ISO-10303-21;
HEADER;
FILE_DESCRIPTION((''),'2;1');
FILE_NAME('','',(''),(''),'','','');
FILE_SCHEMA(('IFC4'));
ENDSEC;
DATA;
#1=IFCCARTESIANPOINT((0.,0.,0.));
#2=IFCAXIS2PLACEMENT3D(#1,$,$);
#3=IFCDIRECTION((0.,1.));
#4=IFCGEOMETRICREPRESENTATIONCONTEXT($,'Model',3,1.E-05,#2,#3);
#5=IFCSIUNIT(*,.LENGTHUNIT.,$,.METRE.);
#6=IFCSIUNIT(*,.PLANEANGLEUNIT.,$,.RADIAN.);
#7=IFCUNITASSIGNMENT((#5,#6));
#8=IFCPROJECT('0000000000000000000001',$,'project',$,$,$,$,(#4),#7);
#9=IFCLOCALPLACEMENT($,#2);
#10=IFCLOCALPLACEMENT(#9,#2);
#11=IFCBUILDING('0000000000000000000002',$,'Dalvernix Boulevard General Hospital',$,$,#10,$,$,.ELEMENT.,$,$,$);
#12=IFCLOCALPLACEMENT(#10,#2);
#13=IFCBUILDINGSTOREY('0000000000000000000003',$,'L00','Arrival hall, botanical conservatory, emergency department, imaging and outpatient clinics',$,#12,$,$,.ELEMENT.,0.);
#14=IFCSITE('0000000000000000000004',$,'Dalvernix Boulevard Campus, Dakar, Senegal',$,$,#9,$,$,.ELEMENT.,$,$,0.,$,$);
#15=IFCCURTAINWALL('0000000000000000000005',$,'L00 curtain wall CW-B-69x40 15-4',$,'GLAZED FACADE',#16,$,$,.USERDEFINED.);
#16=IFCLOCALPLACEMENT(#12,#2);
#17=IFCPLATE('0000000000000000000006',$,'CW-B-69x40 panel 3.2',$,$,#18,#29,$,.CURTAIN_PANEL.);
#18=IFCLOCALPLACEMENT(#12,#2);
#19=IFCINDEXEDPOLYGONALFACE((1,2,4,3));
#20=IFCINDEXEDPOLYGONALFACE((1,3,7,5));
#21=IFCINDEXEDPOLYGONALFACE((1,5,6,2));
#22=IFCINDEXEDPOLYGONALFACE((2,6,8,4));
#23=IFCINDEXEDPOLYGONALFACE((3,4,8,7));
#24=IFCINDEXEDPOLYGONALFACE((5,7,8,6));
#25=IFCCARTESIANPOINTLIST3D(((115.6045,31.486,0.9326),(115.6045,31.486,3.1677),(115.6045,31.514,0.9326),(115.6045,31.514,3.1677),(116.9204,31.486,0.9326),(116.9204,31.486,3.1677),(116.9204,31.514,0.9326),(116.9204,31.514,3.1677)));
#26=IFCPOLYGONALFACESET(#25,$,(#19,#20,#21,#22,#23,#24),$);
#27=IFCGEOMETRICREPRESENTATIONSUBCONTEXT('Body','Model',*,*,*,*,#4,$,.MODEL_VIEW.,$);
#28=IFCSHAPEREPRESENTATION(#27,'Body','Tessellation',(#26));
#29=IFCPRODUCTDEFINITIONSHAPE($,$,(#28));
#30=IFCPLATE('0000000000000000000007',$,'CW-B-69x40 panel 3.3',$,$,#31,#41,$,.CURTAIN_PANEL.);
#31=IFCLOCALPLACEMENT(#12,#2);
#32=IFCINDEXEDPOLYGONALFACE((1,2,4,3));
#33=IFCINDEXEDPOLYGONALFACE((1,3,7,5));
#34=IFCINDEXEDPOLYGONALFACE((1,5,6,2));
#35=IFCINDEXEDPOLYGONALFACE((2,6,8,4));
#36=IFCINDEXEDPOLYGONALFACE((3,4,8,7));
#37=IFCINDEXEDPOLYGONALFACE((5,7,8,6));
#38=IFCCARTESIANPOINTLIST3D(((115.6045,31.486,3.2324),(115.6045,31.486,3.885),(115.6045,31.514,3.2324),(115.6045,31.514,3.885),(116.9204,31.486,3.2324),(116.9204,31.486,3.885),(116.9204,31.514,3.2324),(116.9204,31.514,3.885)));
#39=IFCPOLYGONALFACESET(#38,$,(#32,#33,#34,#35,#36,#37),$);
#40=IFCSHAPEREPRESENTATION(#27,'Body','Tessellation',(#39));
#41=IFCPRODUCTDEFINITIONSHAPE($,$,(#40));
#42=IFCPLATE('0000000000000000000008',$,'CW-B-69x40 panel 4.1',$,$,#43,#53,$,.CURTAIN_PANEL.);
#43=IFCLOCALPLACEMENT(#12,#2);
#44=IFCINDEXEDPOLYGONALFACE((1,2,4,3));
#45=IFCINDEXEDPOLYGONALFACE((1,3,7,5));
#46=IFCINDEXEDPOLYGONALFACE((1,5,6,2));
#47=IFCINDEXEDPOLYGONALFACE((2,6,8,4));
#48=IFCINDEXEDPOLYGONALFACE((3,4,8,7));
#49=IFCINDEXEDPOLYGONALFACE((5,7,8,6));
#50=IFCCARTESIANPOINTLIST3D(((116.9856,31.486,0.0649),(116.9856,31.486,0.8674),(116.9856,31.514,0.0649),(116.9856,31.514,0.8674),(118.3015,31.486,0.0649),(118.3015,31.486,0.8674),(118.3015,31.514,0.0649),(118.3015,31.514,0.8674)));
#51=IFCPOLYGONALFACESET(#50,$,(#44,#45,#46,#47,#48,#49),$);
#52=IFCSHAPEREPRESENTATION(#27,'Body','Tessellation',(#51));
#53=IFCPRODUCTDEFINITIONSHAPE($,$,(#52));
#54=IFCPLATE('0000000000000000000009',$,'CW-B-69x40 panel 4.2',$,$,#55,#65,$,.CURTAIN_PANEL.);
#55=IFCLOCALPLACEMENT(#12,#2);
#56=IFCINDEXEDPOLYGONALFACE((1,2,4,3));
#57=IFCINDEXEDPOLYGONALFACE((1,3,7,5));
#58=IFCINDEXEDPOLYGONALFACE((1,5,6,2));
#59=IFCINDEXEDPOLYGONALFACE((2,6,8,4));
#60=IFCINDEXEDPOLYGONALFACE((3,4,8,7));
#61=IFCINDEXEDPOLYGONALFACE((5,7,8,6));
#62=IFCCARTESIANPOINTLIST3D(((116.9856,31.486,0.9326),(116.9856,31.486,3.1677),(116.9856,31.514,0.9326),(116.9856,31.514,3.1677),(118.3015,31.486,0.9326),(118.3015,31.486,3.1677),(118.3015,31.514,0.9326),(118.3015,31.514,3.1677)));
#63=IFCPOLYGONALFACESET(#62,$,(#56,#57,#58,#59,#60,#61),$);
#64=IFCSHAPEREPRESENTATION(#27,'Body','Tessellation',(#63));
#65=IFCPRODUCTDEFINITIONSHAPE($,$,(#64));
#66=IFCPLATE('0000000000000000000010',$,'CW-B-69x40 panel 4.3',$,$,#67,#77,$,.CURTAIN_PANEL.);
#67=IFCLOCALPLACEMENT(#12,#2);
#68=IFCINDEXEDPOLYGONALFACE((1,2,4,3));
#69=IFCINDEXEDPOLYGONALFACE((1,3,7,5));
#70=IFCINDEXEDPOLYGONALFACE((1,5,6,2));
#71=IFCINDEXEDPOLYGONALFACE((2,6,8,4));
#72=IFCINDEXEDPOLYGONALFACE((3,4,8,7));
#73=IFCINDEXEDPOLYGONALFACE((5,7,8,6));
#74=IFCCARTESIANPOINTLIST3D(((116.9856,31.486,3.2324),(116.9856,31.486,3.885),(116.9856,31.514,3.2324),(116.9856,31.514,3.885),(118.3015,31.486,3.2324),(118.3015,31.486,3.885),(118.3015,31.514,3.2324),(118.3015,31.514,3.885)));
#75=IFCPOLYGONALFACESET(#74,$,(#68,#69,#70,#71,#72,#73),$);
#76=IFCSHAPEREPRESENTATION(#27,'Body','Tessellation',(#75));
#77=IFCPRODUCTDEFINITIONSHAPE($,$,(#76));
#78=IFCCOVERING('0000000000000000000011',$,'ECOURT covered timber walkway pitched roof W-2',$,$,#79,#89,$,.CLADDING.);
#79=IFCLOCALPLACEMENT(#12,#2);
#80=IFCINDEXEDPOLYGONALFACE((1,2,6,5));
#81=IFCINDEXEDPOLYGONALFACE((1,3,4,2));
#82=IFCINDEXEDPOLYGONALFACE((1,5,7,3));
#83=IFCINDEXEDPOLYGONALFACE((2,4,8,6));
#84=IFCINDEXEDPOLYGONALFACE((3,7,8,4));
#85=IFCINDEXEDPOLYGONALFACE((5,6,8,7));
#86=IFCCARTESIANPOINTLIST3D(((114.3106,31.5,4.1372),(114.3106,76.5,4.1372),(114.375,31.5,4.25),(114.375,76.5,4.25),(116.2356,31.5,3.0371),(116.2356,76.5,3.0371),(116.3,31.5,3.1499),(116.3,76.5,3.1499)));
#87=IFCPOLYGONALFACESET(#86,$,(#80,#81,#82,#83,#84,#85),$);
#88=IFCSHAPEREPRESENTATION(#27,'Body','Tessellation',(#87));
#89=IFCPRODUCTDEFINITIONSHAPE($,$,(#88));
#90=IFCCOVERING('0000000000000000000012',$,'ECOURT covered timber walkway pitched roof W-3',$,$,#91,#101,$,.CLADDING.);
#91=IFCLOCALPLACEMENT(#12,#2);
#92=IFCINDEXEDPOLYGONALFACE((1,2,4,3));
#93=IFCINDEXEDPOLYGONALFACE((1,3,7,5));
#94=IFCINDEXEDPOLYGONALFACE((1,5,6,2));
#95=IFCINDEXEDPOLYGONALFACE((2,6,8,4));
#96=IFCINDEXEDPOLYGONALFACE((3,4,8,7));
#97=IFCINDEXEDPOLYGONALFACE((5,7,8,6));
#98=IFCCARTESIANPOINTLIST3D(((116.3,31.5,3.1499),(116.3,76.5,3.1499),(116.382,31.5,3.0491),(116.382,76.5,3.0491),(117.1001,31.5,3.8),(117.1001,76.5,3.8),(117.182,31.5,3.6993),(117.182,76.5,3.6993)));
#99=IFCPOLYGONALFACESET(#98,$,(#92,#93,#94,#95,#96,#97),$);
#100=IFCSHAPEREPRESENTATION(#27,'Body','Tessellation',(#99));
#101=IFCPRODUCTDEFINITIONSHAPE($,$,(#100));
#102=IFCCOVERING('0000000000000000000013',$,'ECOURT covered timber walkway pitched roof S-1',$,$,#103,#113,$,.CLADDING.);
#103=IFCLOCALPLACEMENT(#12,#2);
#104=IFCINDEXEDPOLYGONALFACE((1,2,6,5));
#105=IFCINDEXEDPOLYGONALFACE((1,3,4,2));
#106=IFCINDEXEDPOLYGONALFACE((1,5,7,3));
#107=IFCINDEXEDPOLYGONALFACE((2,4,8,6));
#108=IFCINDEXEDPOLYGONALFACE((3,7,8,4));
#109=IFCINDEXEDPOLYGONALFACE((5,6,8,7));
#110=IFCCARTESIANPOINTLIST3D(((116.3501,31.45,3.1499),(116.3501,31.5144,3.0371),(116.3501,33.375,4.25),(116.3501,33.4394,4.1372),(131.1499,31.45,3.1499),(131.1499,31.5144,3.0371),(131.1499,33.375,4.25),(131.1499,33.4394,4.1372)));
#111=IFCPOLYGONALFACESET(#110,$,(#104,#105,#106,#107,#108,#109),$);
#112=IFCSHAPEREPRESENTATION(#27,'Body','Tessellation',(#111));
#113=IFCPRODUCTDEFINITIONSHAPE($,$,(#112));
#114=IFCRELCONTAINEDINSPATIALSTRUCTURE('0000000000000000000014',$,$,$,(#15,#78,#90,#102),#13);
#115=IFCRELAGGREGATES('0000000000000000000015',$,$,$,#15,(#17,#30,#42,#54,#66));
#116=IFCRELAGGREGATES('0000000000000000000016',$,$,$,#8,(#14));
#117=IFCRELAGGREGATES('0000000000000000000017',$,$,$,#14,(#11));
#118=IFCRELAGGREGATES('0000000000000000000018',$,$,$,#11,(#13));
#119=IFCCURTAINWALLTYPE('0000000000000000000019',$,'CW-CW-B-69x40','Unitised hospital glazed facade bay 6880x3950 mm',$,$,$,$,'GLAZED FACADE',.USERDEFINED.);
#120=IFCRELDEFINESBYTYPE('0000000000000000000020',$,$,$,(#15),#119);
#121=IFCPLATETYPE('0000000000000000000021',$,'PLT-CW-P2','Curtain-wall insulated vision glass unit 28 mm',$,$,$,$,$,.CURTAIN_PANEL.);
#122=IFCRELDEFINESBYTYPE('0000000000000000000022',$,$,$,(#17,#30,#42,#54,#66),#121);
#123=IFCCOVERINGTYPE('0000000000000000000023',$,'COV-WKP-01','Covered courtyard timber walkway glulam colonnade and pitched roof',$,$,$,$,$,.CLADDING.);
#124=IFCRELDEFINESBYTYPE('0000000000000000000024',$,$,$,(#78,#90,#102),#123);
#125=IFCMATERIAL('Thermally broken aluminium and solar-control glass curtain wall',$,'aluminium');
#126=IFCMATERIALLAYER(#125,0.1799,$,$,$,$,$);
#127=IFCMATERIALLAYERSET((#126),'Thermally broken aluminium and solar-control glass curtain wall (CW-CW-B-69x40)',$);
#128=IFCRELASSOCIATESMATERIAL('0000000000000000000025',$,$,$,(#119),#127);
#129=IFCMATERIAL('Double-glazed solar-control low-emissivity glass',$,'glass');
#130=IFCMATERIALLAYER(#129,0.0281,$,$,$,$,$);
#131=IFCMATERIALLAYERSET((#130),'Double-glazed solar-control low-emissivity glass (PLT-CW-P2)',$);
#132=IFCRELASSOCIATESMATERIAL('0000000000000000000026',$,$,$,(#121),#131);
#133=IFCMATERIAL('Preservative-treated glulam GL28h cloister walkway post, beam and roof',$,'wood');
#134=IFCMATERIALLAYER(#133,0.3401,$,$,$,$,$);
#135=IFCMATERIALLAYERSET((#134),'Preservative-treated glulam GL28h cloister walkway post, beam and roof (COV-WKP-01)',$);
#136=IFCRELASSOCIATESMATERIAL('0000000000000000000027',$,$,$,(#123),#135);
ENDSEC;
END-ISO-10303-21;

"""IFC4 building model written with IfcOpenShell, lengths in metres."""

from ifc_helpers import new_model, si_unit, direction, frame, origin, origin_2d, place, context, subcontext, project, spatial, polyline, rectangle, outline, extrude, material, layer, layer_set, type_object, element, aggregate, save


model = new_model("IFC4")

# Units and contexts
model_context = context("Model", 3, precision=1e-05, world=origin(), true_north=direction((0.0, 1.0)))
body_context = subcontext(model_context, "Body", "Model", "MODEL_VIEW")
ifc_project = project(units=[si_unit("LENGTHUNIT", "METRE"), si_unit("PLANEANGLEUNIT", "RADIAN")], contexts=[model_context])

# Site, building, storey
site_placement = place(None, origin())
site = spatial("IfcSite", under=ifc_project, at=site_placement, Name="Dalvernix Boulevard Campus, Dakar, Senegal", CompositionType="ELEMENT", RefElevation=0.0)
building_placement = place(site_placement, origin())
building = spatial("IfcBuilding", under=site, at=building_placement, Name="Dalvernix Boulevard General Hospital", CompositionType="ELEMENT")
storey_placement = place(building_placement, origin())
storey = spatial("IfcBuildingStorey", under=building, at=storey_placement, Name="L00", Description="Arrival hall, botanical conservatory, emergency department, imaging and outpatient clinics", CompositionType="ELEMENT", Elevation=0.0)

# Curtain wall, plates
ifc_material_1 = material(Name="Thermally broken aluminium and solar-control glass curtain wall", Category="aluminium")
ifc_layer_1 = layer(ifc_material_1, 0.1799)
ifc_layer_set_1 = layer_set([ifc_layer_1], Name="Thermally broken aluminium and solar-control glass curtain wall (CW-CW-B-69x40)")
curtain_wall_type = type_object("IfcCurtainWallType", Name="CW-CW-B-69x40", Description="Unitised hospital glazed facade bay 6880x3950 mm", ElementType="GLAZED FACADE", PredefinedType="USERDEFINED", material=ifc_layer_set_1)
curtain_wall_placement = place(storey_placement, origin())
curtain_wall = element("IfcCurtainWall", 1, at=curtain_wall_placement, inside=storey, type_object=curtain_wall_type, Name="L00 curtain wall CW-B-69x40 15-4", ObjectType="GLAZED FACADE", PredefinedType="USERDEFINED")
ifc_material_2 = material(Name="Double-glazed solar-control low-emissivity glass", Category="glass")
ifc_layer_2 = layer(ifc_material_2, 0.0281)
ifc_layer_set_2 = layer_set([ifc_layer_2], Name="Double-glazed solar-control low-emissivity glass (PLT-CW-P2)")
plate_type = type_object("IfcPlateType", Name="PLT-CW-P2", Description="Curtain-wall insulated vision glass unit 28 mm", PredefinedType="CURTAIN_PANEL", material=ifc_layer_set_2)
plate_1_placement = place(storey_placement, frame((116.2625, 31.5, 0.9326), z_axis=(0.0, 0.0, 1.0), x_axis=(1.0, 0.0, 0.0)))
plate_1 = element("IfcPlate", 2, at=plate_1_placement, type_object=plate_type, Name="CW-B-69x40 panel 3.2", PredefinedType="CURTAIN_PANEL", context=body_context, shape_type="SweptSolid", body=[
    extrude(rectangle(XDim=1.3159, YDim=0.0281, at=origin_2d()), origin(), (0.0, 0.0, 1.0), 2.2351),
])
plate_2_placement = place(storey_placement, frame((116.2625, 31.5, 3.2324), z_axis=(0.0, 0.0, 1.0), x_axis=(1.0, 0.0, 0.0)))
plate_2 = element("IfcPlate", 3, at=plate_2_placement, type_object=plate_type, Name="CW-B-69x40 panel 3.3", PredefinedType="CURTAIN_PANEL", context=body_context, shape_type="SweptSolid", body=[
    extrude(rectangle(XDim=1.3159, YDim=0.0281, at=origin_2d()), origin(), (0.0, 0.0, 1.0), 0.6526),
])
plate_3_placement = place(storey_placement, frame((117.6436, 31.5, 0.0649), z_axis=(0.0, 0.0, 1.0), x_axis=(1.0, 0.0, 0.0)))
plate_3 = element("IfcPlate", 4, at=plate_3_placement, type_object=plate_type, Name="CW-B-69x40 panel 4.1", PredefinedType="CURTAIN_PANEL", context=body_context, shape_type="SweptSolid", body=[
    extrude(rectangle(XDim=1.3159, YDim=0.0281, at=origin_2d()), origin(), (0.0, 0.0, 1.0), 0.8025),
])
plate_4_placement = place(storey_placement, frame((117.6436, 31.5, 0.9326), z_axis=(0.0, 0.0, 1.0), x_axis=(1.0, 0.0, 0.0)))
plate_4 = element("IfcPlate", 5, at=plate_4_placement, type_object=plate_type, Name="CW-B-69x40 panel 4.2", PredefinedType="CURTAIN_PANEL", context=body_context, shape_type="SweptSolid", body=[
    extrude(rectangle(XDim=1.3159, YDim=0.0281, at=origin_2d()), origin(), (0.0, 0.0, 1.0), 2.2351),
])
plate_5_placement = place(storey_placement, frame((117.6436, 31.5, 3.2324), z_axis=(0.0, 0.0, 1.0), x_axis=(1.0, 0.0, 0.0)))
plate_5 = element("IfcPlate", 6, at=plate_5_placement, type_object=plate_type, Name="CW-B-69x40 panel 4.3", PredefinedType="CURTAIN_PANEL", context=body_context, shape_type="SweptSolid", body=[
    extrude(rectangle(XDim=1.3159, YDim=0.0281, at=origin_2d()), origin(), (0.0, 0.0, 1.0), 0.6526),
])
aggregate(curtain_wall, [plate_1, plate_2, plate_3, plate_4, plate_5])

# Coverings
ifc_material_3 = material(Name="Preservative-treated glulam GL28h cloister walkway post, beam and roof", Category="wood")
ifc_layer_3 = layer(ifc_material_3, 0.3401)
ifc_layer_set_3 = layer_set([ifc_layer_3], Name="Preservative-treated glulam GL28h cloister walkway post, beam and roof (COV-WKP-01)")
covering_type = type_object("IfcCoveringType", Name="COV-WKP-01", Description="Covered courtyard timber walkway glulam colonnade and pitched roof", PredefinedType="CLADDING", material=ifc_layer_set_3)
covering_1_placement = place(storey_placement, frame((114.375, 31.5, 4.25), z_axis=(0.496163, 0.0, 0.86823), x_axis=(0.86823, 0.0, -0.496163)))
element("IfcCovering", 7, at=covering_1_placement, inside=storey, type_object=covering_type, Name="ECOURT covered timber walkway pitched roof W-2", PredefinedType="CLADDING", context=body_context, shape_type="SweptSolid", body=[
    extrude(outline(polyline([(0.0, 0.0), (2.2172, 0.0), (2.2172, 45.0), (0.0, 45.0), (0.0, 0.0)])), origin(), (0.0, 0.0, -1.0), 0.1299),
])
covering_2_placement = place(storey_placement, frame((116.3, 31.5, 3.1499), z_axis=(-0.630655, 0.0, 0.776063), x_axis=(0.776063, 0.0, 0.630655)))
element("IfcCovering", 8, at=covering_2_placement, inside=storey, type_object=covering_type, Name="ECOURT covered timber walkway pitched roof W-3", PredefinedType="CLADDING", context=body_context, shape_type="SweptSolid", body=[
    extrude(outline(polyline([(0.0, 0.0), (1.0309, 0.0), (1.0309, 45.0), (0.0, 45.0), (0.0, 0.0)])), origin(), (0.0, 0.0, -1.0), 0.1299),
])
covering_3_placement = place(storey_placement, frame((116.3501, 31.45, 3.1499), z_axis=(0.0, -0.496163, 0.86823), x_axis=(1.0, 0.0, 0.0)))
element("IfcCovering", 9, at=covering_3_placement, inside=storey, type_object=covering_type, Name="ECOURT covered timber walkway pitched roof S-1", PredefinedType="CLADDING", context=body_context, shape_type="SweptSolid", body=[
    extrude(outline(polyline([(0.0, 0.0), (14.7998, 0.0), (14.7998, 2.2172), (0.0, 2.2172), (0.0, 0.0)])), origin(), (0.0, 0.0, -1.0), 0.1299),
])

save(model, "model.ifc")
